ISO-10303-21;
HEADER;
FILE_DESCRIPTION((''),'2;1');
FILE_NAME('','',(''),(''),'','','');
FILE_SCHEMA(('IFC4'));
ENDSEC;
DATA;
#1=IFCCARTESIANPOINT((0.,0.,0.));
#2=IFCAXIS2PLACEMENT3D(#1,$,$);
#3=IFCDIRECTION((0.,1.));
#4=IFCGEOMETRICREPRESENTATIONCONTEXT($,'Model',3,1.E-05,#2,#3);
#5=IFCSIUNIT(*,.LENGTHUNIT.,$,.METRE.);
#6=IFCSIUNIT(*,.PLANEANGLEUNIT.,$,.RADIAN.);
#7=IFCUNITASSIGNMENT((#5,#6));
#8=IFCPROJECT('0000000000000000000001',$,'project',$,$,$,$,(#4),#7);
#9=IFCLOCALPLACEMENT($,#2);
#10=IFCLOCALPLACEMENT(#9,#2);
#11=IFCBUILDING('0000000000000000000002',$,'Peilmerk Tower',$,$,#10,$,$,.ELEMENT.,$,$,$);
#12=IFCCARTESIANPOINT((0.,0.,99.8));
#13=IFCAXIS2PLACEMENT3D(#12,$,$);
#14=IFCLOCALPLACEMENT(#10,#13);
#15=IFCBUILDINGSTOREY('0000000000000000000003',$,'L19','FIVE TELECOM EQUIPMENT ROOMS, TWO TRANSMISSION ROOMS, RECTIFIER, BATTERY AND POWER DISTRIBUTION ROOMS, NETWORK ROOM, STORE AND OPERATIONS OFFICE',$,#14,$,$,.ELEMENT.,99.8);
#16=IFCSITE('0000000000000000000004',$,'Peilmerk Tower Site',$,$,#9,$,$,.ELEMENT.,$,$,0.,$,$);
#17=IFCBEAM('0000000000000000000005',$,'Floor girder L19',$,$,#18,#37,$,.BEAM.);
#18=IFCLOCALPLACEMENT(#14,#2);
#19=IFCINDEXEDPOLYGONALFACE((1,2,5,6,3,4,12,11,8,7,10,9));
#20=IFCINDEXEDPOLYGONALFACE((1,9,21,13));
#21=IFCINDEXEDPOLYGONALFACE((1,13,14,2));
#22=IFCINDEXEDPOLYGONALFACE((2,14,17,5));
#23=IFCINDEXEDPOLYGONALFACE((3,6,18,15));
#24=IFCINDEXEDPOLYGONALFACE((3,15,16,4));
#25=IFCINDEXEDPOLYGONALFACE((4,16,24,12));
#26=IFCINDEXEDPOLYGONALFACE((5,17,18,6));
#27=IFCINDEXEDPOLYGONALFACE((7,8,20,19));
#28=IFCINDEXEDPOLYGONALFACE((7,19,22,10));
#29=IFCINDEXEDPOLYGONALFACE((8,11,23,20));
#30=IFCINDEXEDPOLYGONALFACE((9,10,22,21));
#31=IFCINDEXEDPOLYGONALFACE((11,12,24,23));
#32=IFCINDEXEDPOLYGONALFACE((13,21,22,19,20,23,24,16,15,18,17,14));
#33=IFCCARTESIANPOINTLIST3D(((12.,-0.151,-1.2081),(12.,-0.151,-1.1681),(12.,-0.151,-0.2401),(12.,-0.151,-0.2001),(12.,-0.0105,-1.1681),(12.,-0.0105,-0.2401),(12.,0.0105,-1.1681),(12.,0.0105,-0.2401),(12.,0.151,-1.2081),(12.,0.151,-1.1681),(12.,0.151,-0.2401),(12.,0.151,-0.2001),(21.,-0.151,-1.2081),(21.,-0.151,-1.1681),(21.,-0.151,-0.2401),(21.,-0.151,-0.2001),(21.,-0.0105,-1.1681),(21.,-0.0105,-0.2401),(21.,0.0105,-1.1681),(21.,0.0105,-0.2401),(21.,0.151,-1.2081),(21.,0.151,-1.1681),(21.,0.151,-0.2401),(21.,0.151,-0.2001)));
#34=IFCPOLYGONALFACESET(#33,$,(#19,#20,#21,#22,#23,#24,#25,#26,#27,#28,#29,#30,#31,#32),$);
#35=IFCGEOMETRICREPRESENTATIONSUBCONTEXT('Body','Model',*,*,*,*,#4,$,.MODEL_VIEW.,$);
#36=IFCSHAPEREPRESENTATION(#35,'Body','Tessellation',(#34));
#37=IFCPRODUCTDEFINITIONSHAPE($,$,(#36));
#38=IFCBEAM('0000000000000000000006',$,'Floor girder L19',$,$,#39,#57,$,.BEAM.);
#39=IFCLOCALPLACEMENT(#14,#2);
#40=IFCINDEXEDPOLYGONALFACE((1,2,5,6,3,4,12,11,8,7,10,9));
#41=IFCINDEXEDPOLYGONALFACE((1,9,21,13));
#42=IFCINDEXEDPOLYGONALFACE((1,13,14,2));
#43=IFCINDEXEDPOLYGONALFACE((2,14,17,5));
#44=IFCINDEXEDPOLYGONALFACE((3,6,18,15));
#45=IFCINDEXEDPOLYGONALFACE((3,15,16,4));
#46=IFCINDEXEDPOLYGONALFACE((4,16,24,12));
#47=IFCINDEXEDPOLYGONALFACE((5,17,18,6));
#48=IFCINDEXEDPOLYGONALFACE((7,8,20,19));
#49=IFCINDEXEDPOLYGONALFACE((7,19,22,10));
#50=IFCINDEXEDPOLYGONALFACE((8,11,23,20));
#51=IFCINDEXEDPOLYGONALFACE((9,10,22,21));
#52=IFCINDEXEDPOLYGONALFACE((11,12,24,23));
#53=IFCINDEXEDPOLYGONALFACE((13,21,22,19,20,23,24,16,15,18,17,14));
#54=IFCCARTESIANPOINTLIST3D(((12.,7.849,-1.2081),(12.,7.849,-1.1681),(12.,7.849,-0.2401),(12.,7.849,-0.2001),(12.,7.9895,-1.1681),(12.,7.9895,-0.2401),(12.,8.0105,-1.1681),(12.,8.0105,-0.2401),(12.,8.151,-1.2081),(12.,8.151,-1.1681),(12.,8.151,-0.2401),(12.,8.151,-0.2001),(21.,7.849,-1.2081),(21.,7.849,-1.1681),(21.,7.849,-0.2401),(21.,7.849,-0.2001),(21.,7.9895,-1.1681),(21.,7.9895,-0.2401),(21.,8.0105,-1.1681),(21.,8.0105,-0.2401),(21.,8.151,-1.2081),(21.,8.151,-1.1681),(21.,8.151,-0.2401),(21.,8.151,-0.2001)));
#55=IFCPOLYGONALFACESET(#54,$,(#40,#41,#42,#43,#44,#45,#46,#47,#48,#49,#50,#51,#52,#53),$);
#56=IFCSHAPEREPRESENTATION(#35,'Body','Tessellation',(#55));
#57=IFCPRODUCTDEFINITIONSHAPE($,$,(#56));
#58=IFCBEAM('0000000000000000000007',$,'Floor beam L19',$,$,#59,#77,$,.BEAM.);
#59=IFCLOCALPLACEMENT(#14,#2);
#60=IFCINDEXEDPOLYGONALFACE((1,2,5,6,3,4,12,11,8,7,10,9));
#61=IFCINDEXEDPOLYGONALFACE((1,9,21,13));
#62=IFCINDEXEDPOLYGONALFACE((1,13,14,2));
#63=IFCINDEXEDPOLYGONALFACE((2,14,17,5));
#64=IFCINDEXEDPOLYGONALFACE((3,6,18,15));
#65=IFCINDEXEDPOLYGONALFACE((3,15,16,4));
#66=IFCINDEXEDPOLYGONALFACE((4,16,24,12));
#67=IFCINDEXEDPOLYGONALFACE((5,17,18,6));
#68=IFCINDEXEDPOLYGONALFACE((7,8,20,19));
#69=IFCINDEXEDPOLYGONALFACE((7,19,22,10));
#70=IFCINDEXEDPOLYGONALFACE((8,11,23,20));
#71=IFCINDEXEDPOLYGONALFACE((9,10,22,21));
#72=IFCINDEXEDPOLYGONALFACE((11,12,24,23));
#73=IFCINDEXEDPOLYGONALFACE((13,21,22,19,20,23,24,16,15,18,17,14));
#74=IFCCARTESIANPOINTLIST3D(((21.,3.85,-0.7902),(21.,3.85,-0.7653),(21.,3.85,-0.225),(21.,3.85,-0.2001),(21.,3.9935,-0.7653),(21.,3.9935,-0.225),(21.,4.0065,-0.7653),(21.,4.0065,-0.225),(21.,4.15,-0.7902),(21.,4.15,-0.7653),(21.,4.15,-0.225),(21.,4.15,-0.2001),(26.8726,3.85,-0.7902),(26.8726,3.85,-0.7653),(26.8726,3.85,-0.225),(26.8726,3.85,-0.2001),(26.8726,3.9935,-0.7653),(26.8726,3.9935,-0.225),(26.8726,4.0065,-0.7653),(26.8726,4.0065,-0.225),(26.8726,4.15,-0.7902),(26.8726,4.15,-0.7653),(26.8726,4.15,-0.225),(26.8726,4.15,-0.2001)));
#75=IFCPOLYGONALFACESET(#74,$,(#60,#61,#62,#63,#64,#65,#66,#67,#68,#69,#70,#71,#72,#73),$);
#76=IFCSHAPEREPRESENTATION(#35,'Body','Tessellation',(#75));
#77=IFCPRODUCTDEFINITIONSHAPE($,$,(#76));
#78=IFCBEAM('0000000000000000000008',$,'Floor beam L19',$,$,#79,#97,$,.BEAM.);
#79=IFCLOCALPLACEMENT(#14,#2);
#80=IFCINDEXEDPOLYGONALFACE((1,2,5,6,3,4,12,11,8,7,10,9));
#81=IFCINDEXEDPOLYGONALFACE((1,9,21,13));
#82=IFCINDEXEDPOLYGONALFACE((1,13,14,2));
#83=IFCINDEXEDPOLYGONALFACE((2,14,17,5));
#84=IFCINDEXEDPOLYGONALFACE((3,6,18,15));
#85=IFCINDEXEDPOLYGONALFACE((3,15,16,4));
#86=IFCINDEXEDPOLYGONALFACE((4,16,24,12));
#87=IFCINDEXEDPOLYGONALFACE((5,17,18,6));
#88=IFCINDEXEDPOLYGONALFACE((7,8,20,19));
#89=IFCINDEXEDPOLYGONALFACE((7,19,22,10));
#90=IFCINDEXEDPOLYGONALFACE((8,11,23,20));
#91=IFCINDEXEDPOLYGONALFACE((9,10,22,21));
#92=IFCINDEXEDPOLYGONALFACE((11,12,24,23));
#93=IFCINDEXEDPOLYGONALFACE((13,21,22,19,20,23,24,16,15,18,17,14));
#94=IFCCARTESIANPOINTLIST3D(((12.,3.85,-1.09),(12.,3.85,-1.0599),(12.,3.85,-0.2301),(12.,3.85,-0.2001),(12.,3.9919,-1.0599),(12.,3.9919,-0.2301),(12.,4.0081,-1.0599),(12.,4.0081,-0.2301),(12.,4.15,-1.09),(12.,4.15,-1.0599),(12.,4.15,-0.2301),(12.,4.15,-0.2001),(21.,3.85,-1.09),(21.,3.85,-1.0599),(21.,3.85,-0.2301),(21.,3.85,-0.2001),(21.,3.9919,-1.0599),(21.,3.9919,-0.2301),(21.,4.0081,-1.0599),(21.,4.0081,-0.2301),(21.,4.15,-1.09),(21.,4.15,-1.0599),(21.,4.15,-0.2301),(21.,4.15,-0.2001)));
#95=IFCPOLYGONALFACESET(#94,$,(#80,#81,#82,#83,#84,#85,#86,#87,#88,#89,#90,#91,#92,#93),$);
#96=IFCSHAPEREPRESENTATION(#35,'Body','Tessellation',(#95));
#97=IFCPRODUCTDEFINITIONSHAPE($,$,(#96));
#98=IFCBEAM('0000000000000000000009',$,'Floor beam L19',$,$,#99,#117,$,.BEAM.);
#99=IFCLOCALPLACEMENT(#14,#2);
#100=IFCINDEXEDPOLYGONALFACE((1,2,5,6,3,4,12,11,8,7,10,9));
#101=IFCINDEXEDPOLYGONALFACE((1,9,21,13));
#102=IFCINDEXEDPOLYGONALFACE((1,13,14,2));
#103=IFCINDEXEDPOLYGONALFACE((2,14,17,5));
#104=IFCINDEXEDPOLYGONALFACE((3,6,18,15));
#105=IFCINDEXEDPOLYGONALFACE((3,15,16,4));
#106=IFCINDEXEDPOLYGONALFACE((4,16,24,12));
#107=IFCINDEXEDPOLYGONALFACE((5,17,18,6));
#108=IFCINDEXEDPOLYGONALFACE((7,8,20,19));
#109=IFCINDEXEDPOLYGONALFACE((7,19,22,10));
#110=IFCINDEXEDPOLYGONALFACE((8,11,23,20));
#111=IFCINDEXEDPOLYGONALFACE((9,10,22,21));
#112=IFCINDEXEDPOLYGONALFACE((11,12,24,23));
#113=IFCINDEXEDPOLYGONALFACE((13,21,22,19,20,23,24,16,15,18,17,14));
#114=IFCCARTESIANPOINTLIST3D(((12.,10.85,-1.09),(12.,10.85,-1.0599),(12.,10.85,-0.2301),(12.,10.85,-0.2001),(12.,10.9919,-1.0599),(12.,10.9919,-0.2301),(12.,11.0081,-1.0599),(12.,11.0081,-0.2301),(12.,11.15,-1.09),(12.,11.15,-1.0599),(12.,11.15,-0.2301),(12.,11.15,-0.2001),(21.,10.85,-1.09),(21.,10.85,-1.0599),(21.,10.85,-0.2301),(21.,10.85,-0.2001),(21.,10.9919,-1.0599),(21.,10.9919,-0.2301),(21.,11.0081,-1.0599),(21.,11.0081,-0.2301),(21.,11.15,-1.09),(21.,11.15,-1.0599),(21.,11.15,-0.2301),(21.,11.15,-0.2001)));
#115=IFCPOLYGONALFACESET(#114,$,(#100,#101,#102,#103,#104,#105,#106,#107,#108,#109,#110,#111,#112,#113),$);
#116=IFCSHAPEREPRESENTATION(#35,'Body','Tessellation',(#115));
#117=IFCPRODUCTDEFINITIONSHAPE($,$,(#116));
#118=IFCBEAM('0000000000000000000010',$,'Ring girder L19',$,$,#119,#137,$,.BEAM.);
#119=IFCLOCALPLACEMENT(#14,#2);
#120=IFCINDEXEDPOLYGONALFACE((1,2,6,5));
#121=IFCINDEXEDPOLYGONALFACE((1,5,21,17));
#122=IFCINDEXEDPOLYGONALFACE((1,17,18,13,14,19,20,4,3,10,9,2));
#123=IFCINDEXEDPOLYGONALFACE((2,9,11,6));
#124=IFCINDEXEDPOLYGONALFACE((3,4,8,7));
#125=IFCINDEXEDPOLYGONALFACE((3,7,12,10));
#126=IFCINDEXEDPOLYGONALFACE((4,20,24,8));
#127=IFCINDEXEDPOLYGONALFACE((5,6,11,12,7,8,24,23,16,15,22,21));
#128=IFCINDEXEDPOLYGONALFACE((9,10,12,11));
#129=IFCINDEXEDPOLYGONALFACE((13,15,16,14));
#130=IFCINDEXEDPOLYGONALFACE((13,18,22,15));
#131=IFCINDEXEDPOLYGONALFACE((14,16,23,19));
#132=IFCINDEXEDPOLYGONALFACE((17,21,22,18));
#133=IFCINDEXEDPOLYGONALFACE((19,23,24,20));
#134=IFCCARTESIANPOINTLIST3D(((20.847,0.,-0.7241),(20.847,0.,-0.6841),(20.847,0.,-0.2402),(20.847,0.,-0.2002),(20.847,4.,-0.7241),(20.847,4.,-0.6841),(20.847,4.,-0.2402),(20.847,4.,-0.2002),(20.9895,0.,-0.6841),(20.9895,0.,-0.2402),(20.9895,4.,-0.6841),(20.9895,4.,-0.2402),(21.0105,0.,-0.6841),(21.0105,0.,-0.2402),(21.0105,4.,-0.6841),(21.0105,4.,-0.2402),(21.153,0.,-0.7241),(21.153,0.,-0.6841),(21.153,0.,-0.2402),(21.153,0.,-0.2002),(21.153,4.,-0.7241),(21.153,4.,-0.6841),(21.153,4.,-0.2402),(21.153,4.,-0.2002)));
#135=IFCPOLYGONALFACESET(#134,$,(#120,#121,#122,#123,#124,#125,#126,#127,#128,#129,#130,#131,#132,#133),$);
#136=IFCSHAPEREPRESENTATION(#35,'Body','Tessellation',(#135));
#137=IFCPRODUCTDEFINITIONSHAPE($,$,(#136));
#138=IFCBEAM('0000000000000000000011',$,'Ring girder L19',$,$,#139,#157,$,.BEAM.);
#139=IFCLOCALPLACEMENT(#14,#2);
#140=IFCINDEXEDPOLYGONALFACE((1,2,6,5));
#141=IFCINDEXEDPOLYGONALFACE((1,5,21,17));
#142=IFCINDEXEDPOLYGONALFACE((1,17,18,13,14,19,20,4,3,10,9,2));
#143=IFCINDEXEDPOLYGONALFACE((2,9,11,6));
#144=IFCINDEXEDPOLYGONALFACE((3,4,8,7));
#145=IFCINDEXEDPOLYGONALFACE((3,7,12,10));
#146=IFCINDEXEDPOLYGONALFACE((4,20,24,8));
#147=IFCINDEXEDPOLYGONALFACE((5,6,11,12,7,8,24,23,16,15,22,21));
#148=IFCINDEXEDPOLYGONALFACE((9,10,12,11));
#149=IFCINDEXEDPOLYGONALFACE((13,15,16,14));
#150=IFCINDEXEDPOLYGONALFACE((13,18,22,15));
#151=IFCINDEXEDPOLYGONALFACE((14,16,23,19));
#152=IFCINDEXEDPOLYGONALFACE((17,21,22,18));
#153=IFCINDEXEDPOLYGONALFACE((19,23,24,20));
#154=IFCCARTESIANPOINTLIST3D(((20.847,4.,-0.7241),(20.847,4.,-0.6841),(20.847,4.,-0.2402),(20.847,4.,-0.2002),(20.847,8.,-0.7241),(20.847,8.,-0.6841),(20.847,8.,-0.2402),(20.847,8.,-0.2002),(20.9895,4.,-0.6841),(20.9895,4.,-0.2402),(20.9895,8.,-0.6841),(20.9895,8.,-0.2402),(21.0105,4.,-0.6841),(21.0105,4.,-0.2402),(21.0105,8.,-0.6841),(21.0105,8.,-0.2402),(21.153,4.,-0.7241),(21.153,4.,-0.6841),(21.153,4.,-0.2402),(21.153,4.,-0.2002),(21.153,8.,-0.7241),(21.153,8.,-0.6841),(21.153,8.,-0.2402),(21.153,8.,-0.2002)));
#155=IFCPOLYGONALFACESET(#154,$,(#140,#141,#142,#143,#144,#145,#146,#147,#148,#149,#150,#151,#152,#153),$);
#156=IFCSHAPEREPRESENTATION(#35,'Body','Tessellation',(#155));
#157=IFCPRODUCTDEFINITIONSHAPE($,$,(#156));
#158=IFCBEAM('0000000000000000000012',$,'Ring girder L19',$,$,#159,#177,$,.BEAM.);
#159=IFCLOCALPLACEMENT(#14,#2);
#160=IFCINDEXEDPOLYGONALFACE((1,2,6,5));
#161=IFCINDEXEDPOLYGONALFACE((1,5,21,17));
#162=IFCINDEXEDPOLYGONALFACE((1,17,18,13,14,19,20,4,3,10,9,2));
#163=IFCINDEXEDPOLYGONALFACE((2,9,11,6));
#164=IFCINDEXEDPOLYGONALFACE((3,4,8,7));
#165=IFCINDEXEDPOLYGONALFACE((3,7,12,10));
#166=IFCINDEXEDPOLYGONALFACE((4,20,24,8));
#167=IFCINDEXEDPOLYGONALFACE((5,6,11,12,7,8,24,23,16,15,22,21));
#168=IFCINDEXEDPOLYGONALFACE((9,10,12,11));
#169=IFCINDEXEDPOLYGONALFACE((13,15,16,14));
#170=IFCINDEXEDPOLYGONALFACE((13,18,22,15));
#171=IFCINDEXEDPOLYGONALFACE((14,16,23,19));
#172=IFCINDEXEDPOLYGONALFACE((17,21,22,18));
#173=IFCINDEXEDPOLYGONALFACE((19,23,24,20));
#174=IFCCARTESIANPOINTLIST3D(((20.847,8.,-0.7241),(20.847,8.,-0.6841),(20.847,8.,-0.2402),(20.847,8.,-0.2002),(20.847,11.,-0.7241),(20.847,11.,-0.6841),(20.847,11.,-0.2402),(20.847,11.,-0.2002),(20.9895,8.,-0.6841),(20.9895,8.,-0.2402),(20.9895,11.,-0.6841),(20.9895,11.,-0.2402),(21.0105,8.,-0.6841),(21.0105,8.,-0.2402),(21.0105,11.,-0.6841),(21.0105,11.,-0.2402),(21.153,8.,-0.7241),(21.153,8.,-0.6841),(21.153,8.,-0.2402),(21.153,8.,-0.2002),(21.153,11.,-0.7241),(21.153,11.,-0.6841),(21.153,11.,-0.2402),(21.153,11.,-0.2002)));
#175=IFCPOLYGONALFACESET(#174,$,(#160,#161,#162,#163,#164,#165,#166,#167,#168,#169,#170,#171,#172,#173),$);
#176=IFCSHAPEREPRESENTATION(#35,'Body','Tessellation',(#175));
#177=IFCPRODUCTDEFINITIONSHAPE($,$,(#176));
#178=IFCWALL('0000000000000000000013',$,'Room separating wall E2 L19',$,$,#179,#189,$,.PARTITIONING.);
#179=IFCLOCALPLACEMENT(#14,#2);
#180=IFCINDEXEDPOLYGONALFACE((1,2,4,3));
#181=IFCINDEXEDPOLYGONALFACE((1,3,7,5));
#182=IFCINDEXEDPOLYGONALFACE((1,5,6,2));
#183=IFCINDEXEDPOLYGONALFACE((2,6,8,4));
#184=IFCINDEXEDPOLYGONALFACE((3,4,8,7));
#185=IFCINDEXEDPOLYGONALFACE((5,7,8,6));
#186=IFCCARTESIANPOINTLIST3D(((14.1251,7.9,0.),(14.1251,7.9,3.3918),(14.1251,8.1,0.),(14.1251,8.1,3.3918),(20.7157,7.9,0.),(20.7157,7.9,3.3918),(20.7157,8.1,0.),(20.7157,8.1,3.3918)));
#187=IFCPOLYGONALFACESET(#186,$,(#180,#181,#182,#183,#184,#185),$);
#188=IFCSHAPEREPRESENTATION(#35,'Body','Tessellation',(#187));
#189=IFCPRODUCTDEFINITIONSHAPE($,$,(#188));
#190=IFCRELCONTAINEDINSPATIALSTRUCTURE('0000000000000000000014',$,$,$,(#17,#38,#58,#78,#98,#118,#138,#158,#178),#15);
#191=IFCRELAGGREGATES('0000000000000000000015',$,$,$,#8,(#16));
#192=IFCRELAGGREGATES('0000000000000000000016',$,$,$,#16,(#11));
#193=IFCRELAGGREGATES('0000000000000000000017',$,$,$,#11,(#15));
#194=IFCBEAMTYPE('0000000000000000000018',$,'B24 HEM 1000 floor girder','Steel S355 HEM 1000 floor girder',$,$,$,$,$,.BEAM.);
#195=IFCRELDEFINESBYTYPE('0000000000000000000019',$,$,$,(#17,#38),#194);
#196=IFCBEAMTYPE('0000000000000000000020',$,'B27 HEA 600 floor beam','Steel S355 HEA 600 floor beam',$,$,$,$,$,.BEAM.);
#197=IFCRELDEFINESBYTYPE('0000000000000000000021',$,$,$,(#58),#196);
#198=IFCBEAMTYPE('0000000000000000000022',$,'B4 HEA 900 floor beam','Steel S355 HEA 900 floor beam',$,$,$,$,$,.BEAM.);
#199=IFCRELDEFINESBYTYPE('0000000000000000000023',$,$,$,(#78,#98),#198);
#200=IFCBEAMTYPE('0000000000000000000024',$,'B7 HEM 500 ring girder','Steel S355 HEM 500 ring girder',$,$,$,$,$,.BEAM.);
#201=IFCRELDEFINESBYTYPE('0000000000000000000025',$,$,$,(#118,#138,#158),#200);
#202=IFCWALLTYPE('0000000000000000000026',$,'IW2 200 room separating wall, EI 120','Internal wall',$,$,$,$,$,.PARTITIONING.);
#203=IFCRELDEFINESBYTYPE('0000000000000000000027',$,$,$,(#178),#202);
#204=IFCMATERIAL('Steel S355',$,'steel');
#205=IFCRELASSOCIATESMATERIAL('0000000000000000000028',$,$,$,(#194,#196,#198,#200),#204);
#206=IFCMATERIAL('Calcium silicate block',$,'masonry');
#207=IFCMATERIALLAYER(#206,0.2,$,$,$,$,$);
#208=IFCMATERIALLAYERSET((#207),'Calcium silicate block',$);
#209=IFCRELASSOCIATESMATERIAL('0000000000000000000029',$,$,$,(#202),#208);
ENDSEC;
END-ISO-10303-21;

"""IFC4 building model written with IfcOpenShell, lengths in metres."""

from ifc_helpers import new_model, si_unit, direction, frame, frame_2d, origin, origin_2d, place, context, subcontext, project, spatial, rectangle, i_section, extrude, material, layer, layer_set, material_profile, profile_set, type_object, element, save


model = new_model("IFC4")

# Units and contexts
model_context = context("Model", 3, precision=1e-05, world=origin(), true_north=direction((0.0, 1.0)))
body_context = subcontext(model_context, "Body", "Model", "MODEL_VIEW")
ifc_project = project(units=[si_unit("LENGTHUNIT", "METRE"), si_unit("PLANEANGLEUNIT", "RADIAN")], contexts=[model_context])

# Site, building, storey
site_placement = place(None, origin())
site = spatial("IfcSite", under=ifc_project, at=site_placement, Name="Peilmerk Tower Site", CompositionType="ELEMENT", RefElevation=0.0)
building_placement = place(site_placement, origin())
building = spatial("IfcBuilding", under=site, at=building_placement, Name="Peilmerk Tower", CompositionType="ELEMENT")
storey_placement = place(building_placement, frame((0.0, 0.0, 99.8)))
storey = spatial("IfcBuildingStorey", under=building, at=storey_placement, Name="L19", Description="FIVE TELECOM EQUIPMENT ROOMS, TWO TRANSMISSION ROOMS, RECTIFIER, BATTERY AND POWER DISTRIBUTION ROOMS, NETWORK ROOM, STORE AND OPERATIONS OFFICE", CompositionType="ELEMENT", Elevation=99.8)

# Beams
ifc_material_1 = material(Name="Steel S355", Category="steel")
ifc_material_profile_1 = material_profile(ifc_material_1, i_section(OverallWidth=0.302, OverallDepth=1.0081, WebThickness=0.021, FlangeThickness=0.04, at=origin_2d()), Name="HEM 1000")
ifc_profile_set_1 = profile_set([ifc_material_profile_1], Name="Steel S355")
beam_type_1 = type_object("IfcBeamType", Name="B24 HEM 1000 floor girder", Description="Steel S355 HEM 1000 floor girder", PredefinedType="BEAM", material=ifc_profile_set_1)
for number, where, z_axis, x_axis, name in (
    (1, (12.0, 0.0, -0.7041), (1.0, 0.0, 0.0), (0.0, 1.0, 0.0), "Floor girder L19"),
    (2, (12.0, 8.0, -0.7041), (1.0, 0.0, 0.0), (0.0, 1.0, 0.0), "Floor girder L19"),
):
    element("IfcBeam", number, at=place(storey_placement, frame(where, z_axis=z_axis, x_axis=x_axis)), inside=storey, type_object=beam_type_1, Name=name, PredefinedType="BEAM", context=body_context, shape_type="SweptSolid", body=[
        extrude(i_section(OverallWidth=0.302, OverallDepth=1.0081, WebThickness=0.021, FlangeThickness=0.04, at=origin_2d()), origin(), (0.0, 0.0, 1.0), 9.0),
    ])
ifc_material_profile_2 = material_profile(ifc_material_1, i_section(OverallWidth=0.3, OverallDepth=0.5901, WebThickness=0.0129, FlangeThickness=0.0249, at=origin_2d()), Name="HEA 600")
ifc_profile_set_2 = profile_set([ifc_material_profile_2], Name="Steel S355")
beam_type_2 = type_object("IfcBeamType", Name="B27 HEA 600 floor beam", Description="Steel S355 HEA 600 floor beam", PredefinedType="BEAM", material=ifc_profile_set_2)
beam_1_placement = place(storey_placement, frame((21.0, 4.0, -0.4951), z_axis=(1.0, 0.0, 0.0), x_axis=(0.0, 1.0, 0.0)))
element("IfcBeam", 3, at=beam_1_placement, inside=storey, type_object=beam_type_2, Name="Floor beam L19", PredefinedType="BEAM", context=body_context, shape_type="SweptSolid", body=[
    extrude(i_section(OverallWidth=0.3, OverallDepth=0.5901, WebThickness=0.0129, FlangeThickness=0.0249, at=origin_2d()), origin(), (0.0, 0.0, 1.0), 5.8726),
])
ifc_material_profile_3 = material_profile(ifc_material_1, i_section(OverallWidth=0.3, OverallDepth=0.8899, WebThickness=0.0161, FlangeThickness=0.03, at=origin_2d()), Name="HEA 900")
ifc_profile_set_3 = profile_set([ifc_material_profile_3], Name="Steel S355")
beam_type_3 = type_object("IfcBeamType", Name="B4 HEA 900 floor beam", Description="Steel S355 HEA 900 floor beam", PredefinedType="BEAM", material=ifc_profile_set_3)
for number, where, z_axis, x_axis, name in (
    (4, (12.0, 4.0, -0.645), (1.0, 0.0, 0.0), (0.0, 1.0, 0.0), "Floor beam L19"),
    (5, (12.0, 11.0, -0.645), (1.0, 0.0, 0.0), (0.0, 1.0, 0.0), "Floor beam L19"),
):
    element("IfcBeam", number, at=place(storey_placement, frame(where, z_axis=z_axis, x_axis=x_axis)), inside=storey, type_object=beam_type_3, Name=name, PredefinedType="BEAM", context=body_context, shape_type="SweptSolid", body=[
        extrude(i_section(OverallWidth=0.3, OverallDepth=0.8899, WebThickness=0.0161, FlangeThickness=0.03, at=origin_2d()), origin(), (0.0, 0.0, 1.0), 9.0),
    ])
ifc_material_profile_4 = material_profile(ifc_material_1, i_section(OverallWidth=0.3059, OverallDepth=0.5239, WebThickness=0.021, FlangeThickness=0.04, at=origin_2d()), Name="HEM 500")
ifc_profile_set_4 = profile_set([ifc_material_profile_4], Name="Steel S355")
beam_type_4 = type_object("IfcBeamType", Name="B7 HEM 500 ring girder", Description="Steel S355 HEM 500 ring girder", PredefinedType="BEAM", material=ifc_profile_set_4)
for number, where, z_axis, x_axis, name in (
    (6, (21.0, 0.0, -0.4622), (0.0, 1.0, 0.0), (-1.0, 0.0, 0.0), "Ring girder L19"),
    (7, (21.0, 4.0, -0.4622), (0.0, 1.0, 0.0), (-1.0, 0.0, 0.0), "Ring girder L19"),
):
    element("IfcBeam", number, at=place(storey_placement, frame(where, z_axis=z_axis, x_axis=x_axis)), inside=storey, type_object=beam_type_4, Name=name, PredefinedType="BEAM", context=body_context, shape_type="SweptSolid", body=[
        extrude(i_section(OverallWidth=0.3059, OverallDepth=0.5239, WebThickness=0.021, FlangeThickness=0.04, at=origin_2d()), origin(), (0.0, 0.0, 1.0), 4.0),
    ])
beam_2_placement = place(storey_placement, frame((21.0, 8.0, -0.4622), z_axis=(0.0, 1.0, 0.0), x_axis=(-1.0, 0.0, 0.0)))
element("IfcBeam", 8, at=beam_2_placement, inside=storey, type_object=beam_type_4, Name="Ring girder L19", PredefinedType="BEAM", context=body_context, shape_type="SweptSolid", body=[
    extrude(i_section(OverallWidth=0.3059, OverallDepth=0.5239, WebThickness=0.021, FlangeThickness=0.04, at=origin_2d()), origin(), (0.0, 0.0, 1.0), 3.0),
])

# Wall
ifc_material_2 = material(Name="Calcium silicate block", Category="masonry")
ifc_layer_1 = layer(ifc_material_2, 0.2)
ifc_layer_set_1 = layer_set([ifc_layer_1], Name="Calcium silicate block")
wall_type_1 = type_object("IfcWallType", Name="IW2 200 room separating wall, EI 120", Description="Internal wall", PredefinedType="PARTITIONING", material=ifc_layer_set_1)
wall_1_placement = place(storey_placement, frame((14.125, 8.0, 0.0), z_axis=(0.0, 0.0, 1.0), x_axis=(1.0, 0.0, 0.0)))
element("IfcWall", 9, at=wall_1_placement, inside=storey, type_object=wall_type_1, Name="Room separating wall E2 L19", PredefinedType="PARTITIONING", context=body_context, shape_type="SweptSolid", body=[
    extrude(rectangle(XDim=6.5906, YDim=0.2, at=frame_2d((3.2954, 0.0))), origin(), (0.0, 0.0, 1.0), 3.3918),
])

save(model, "model.ifc")
